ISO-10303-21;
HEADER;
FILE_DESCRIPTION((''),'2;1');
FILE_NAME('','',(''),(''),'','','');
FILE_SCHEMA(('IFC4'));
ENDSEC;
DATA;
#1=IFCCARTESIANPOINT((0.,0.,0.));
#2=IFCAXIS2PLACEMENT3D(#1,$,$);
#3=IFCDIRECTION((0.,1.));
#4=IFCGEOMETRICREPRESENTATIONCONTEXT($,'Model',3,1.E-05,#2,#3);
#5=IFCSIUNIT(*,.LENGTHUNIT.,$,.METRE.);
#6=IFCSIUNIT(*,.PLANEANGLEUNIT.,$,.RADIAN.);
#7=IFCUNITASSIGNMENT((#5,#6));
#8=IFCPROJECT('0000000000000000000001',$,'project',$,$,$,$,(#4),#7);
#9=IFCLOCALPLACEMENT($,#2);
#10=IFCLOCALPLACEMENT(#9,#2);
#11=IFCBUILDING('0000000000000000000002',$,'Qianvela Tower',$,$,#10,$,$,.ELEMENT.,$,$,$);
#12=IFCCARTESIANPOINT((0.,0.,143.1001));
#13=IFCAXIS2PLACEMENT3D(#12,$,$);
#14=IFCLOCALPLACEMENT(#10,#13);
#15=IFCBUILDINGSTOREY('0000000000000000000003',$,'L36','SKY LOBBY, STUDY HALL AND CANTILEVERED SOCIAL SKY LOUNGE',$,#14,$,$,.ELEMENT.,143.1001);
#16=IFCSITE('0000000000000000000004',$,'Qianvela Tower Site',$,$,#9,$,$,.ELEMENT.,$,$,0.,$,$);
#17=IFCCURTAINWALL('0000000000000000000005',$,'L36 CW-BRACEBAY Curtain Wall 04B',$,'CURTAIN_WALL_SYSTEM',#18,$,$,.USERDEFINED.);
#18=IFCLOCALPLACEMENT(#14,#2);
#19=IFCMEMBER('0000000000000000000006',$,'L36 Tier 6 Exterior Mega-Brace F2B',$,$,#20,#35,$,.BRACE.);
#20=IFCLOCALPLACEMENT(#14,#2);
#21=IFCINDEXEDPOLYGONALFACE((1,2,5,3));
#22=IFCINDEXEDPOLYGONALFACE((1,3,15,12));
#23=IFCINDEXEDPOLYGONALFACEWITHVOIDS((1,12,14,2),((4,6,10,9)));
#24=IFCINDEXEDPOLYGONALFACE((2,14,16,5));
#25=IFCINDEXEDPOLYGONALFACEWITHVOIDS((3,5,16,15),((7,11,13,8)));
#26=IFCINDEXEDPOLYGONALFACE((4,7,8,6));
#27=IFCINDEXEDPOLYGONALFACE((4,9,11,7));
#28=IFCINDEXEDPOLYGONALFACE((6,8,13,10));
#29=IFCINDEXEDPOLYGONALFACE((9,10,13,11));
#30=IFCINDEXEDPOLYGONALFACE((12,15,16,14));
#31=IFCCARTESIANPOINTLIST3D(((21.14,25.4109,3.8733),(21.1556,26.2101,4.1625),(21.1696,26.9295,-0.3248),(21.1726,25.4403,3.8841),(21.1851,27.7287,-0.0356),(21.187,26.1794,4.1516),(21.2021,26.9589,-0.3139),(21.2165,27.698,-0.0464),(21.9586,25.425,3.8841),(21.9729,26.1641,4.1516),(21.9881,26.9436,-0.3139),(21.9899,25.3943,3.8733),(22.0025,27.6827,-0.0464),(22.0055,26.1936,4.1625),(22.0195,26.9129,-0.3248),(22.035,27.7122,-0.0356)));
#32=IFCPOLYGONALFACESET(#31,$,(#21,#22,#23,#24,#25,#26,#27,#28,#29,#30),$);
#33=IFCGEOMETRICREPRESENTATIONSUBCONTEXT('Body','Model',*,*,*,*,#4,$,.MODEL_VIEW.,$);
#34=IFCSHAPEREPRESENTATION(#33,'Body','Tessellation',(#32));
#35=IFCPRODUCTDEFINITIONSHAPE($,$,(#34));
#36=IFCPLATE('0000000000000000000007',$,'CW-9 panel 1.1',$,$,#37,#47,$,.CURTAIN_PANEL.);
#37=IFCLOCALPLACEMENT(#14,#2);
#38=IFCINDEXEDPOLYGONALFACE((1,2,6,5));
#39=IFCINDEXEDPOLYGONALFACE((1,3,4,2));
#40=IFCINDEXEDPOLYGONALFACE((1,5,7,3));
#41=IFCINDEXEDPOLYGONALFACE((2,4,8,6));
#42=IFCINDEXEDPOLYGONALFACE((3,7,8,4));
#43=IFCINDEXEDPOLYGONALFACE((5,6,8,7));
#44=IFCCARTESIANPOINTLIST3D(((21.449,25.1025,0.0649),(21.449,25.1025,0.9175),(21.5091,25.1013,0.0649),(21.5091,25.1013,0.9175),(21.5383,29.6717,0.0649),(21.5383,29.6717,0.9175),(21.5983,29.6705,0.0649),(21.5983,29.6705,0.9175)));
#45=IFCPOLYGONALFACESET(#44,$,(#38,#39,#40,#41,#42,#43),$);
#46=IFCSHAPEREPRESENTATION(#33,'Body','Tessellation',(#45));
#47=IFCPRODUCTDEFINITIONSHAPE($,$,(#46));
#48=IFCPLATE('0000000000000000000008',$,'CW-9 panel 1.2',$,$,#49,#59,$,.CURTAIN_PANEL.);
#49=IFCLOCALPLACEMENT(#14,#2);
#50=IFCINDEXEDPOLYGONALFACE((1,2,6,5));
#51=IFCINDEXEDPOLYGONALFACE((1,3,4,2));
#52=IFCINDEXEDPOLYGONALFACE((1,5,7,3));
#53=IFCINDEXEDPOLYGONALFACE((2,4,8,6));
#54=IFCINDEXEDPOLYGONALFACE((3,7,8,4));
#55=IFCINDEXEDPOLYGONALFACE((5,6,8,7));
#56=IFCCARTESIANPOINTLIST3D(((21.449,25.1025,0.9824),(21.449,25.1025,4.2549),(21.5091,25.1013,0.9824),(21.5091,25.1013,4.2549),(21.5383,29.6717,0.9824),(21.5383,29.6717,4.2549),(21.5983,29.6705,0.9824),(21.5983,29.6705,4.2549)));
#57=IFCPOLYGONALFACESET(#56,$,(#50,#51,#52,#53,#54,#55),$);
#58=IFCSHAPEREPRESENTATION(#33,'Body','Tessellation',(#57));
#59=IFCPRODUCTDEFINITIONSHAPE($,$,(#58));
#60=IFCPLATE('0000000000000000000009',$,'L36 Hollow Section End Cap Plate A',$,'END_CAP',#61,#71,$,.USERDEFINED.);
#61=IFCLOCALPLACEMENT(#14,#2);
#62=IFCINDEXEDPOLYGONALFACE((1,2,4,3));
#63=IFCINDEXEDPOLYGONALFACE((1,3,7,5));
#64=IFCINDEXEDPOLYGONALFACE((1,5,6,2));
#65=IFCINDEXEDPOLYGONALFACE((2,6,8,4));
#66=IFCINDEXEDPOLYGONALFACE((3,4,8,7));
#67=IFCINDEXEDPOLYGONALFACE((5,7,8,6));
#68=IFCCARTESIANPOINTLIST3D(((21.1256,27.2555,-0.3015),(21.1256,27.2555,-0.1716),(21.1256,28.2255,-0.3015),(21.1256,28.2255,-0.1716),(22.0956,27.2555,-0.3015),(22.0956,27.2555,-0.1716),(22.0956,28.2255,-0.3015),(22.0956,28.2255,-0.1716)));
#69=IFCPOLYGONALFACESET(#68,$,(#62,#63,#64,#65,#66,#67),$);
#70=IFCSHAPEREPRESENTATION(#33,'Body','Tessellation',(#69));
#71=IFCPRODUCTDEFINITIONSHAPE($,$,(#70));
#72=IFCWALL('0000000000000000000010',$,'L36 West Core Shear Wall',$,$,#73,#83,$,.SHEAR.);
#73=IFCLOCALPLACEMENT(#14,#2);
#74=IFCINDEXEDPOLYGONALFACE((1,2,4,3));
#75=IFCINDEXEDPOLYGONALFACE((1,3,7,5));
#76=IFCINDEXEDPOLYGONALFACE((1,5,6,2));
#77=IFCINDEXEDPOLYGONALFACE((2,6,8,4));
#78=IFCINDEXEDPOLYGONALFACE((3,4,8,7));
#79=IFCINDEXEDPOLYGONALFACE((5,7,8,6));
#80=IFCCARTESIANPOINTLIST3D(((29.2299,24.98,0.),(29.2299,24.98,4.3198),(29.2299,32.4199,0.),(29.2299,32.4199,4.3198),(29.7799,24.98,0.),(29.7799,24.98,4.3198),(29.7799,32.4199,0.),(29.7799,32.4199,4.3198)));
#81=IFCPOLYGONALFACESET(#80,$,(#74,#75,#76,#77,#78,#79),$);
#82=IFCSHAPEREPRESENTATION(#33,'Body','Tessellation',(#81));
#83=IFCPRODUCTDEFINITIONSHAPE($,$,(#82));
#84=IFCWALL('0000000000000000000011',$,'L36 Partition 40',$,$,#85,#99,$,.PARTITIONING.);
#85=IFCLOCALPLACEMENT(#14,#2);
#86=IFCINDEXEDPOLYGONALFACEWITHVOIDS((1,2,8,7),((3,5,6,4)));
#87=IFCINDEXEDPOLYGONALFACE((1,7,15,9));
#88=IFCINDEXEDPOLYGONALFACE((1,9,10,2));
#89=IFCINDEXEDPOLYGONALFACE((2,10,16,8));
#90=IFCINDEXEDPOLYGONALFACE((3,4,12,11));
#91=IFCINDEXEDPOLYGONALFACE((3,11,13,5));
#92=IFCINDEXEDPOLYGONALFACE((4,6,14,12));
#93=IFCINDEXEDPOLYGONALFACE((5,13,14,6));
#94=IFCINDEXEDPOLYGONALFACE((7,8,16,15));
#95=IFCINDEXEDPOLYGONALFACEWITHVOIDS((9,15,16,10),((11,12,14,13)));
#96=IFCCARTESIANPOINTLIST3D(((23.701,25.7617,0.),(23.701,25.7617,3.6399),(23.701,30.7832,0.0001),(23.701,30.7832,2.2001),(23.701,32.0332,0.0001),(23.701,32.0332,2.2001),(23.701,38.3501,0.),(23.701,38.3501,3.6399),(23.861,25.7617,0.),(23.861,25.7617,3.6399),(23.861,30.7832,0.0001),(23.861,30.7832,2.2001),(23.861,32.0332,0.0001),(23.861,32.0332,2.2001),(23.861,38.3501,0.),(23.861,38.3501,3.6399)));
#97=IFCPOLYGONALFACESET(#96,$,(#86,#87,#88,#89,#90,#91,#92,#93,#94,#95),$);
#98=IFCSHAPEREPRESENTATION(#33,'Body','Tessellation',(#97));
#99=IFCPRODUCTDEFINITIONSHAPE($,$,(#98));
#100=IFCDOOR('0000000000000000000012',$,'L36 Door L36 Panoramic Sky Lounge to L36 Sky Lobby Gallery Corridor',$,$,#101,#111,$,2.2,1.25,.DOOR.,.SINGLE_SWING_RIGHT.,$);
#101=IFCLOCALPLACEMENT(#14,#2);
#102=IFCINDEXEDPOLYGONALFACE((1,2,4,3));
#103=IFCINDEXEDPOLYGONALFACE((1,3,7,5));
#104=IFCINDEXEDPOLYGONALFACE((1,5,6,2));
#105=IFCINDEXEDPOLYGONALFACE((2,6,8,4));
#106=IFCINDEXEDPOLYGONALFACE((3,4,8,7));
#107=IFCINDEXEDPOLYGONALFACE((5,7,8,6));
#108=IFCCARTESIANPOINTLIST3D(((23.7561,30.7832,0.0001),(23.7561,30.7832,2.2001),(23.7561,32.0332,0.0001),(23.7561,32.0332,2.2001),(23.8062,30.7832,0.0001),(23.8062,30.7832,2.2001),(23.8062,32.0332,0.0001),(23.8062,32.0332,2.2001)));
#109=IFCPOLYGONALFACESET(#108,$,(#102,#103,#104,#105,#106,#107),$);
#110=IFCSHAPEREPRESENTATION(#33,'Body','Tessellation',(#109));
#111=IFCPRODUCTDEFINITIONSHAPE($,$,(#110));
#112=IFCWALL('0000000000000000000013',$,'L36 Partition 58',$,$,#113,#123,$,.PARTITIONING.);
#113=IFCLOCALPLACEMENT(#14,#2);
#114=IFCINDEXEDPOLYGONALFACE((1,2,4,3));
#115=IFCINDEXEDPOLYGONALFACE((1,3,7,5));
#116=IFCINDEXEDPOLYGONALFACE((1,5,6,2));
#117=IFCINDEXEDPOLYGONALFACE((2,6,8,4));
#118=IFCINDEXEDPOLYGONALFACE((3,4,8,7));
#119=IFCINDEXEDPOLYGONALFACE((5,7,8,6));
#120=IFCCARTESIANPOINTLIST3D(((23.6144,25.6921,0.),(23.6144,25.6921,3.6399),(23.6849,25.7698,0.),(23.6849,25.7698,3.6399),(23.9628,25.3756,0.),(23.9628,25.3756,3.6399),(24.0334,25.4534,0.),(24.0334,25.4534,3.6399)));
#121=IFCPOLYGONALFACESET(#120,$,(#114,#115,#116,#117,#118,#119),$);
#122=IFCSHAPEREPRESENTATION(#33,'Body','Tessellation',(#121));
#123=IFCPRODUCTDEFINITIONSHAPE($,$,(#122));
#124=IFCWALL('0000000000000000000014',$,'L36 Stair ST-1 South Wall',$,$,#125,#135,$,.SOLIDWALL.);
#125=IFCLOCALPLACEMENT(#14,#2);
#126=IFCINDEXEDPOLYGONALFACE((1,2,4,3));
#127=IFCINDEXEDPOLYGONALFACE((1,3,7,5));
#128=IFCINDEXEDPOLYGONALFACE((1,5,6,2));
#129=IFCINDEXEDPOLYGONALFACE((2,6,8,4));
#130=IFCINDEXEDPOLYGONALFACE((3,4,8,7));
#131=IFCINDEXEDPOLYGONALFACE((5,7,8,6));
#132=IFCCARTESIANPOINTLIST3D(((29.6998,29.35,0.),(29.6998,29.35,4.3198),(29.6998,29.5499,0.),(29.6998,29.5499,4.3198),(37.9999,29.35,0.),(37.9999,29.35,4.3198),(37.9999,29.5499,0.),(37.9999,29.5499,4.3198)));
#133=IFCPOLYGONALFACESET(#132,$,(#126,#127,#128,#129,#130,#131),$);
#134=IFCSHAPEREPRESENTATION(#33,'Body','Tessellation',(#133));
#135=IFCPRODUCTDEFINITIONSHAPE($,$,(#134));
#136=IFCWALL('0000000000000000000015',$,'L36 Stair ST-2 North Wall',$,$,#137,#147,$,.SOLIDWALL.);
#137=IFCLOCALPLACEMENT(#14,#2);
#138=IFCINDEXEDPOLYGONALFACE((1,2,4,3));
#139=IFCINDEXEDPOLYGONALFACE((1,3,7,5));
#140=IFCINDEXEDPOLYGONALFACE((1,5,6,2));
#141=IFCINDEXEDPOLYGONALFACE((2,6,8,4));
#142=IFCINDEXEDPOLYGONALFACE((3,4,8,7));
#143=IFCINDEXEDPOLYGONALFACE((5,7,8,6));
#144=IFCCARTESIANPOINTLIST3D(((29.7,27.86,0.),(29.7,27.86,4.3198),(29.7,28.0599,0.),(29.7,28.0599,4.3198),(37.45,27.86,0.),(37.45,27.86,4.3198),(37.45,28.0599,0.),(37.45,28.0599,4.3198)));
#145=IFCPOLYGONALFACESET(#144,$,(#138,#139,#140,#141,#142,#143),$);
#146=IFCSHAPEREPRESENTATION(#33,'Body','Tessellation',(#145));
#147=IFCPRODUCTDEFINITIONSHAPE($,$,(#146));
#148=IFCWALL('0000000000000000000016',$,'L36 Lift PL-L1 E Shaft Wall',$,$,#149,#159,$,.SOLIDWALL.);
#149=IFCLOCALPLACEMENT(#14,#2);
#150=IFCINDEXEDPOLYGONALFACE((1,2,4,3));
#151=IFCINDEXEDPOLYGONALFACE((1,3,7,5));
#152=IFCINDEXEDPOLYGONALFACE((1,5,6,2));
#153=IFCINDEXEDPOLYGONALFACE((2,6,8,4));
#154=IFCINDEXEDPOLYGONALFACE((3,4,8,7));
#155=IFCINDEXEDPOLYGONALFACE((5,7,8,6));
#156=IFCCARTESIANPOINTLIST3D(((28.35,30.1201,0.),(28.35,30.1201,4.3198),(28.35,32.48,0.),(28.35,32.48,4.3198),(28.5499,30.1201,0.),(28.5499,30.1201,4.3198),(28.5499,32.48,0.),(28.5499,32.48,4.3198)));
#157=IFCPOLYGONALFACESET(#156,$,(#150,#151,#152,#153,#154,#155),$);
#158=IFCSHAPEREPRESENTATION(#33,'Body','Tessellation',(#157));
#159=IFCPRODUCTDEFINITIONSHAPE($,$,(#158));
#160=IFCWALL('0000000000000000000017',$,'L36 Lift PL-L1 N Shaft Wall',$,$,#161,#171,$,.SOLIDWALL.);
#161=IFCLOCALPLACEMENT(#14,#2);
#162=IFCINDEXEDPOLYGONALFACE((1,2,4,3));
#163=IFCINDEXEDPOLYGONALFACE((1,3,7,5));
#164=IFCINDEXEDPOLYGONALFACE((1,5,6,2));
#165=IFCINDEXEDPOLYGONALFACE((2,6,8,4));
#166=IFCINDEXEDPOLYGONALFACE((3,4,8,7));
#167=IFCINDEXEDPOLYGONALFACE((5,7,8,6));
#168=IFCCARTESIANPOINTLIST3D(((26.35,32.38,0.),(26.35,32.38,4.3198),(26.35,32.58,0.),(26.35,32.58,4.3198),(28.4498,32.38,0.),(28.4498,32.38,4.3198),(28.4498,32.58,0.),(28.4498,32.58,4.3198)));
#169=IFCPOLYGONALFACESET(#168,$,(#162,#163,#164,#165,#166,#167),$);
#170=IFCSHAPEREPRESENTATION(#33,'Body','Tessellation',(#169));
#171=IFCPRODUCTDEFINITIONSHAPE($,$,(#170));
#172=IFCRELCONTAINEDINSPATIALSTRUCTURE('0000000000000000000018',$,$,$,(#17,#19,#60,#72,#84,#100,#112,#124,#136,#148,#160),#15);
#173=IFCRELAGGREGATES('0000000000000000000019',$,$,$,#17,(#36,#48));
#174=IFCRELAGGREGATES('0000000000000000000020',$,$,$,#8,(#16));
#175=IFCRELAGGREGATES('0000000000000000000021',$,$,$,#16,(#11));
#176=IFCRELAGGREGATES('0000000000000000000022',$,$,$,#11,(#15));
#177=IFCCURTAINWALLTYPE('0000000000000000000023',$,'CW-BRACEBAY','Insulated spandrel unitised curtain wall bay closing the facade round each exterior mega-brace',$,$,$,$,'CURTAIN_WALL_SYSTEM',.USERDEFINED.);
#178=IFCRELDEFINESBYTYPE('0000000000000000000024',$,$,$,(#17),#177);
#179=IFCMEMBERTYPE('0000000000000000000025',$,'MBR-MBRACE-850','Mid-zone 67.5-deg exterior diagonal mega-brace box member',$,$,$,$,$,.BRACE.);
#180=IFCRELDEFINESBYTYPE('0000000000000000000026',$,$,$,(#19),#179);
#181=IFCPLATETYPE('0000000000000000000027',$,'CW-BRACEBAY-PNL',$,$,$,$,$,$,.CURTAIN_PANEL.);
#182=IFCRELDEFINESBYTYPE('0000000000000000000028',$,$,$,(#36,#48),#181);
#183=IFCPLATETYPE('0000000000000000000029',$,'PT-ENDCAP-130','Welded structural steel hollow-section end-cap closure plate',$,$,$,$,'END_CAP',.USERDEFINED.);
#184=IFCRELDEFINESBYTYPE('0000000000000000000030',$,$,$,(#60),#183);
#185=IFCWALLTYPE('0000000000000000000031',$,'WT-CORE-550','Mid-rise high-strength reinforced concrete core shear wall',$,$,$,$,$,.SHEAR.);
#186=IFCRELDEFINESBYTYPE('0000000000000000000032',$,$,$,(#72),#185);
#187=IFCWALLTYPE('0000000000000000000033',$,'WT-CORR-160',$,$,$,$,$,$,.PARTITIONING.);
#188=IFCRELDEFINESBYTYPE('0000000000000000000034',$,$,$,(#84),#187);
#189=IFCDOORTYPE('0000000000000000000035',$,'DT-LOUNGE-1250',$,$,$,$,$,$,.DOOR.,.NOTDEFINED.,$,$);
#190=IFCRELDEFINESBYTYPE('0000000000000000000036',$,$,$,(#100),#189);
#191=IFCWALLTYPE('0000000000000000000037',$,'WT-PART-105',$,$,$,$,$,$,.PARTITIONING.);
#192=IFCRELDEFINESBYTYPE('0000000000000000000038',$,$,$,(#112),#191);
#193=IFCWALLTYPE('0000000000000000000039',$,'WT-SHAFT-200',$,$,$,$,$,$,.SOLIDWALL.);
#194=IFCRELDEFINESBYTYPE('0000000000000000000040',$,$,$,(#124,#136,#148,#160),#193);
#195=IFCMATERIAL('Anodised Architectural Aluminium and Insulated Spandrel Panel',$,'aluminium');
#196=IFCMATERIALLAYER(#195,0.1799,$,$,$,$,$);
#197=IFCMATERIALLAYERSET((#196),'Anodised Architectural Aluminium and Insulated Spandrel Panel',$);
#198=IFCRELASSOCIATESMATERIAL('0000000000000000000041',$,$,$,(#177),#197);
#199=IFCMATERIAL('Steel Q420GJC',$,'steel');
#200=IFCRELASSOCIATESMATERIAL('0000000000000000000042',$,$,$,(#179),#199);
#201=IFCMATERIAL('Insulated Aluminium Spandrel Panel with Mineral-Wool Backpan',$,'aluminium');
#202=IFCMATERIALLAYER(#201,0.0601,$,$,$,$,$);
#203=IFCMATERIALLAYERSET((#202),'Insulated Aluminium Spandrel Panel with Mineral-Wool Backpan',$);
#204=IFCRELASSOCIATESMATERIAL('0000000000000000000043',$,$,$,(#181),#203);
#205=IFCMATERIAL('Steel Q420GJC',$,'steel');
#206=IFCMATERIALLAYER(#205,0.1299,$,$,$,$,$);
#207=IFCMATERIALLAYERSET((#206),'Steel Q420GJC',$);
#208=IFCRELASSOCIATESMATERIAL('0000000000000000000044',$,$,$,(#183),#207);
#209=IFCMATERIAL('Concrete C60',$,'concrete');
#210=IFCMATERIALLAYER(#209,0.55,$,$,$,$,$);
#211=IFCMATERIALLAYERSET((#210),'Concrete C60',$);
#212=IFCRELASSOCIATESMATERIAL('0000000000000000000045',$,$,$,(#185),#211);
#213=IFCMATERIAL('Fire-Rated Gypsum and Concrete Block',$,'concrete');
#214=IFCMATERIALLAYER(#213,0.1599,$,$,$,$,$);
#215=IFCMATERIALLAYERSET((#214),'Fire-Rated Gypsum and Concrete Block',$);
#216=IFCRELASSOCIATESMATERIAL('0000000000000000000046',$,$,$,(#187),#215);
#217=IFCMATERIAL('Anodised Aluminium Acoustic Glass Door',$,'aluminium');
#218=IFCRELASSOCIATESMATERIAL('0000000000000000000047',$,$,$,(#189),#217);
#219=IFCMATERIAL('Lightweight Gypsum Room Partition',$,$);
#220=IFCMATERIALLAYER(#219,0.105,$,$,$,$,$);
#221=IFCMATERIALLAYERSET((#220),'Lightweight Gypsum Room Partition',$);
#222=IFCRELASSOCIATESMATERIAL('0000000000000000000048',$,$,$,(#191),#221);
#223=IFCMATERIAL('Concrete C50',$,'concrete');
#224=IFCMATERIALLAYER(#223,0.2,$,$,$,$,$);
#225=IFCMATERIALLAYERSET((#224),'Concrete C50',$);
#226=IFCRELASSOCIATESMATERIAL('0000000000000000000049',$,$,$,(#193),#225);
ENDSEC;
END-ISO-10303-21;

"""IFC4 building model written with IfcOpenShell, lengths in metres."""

from ifc_helpers import new_model, si_unit, direction, frame, frame_2d, origin, origin_2d, place, context, subcontext, project, spatial, rectangle, hollow_rectangle, extrude, material, layer, layer_set, material_profile, profile_set, type_object, element, fill, aggregate, save


model = new_model("IFC4")

# Units and contexts
model_context = context("Model", 3, precision=1e-05, world=origin(), true_north=direction((0.0, 1.0)))
body_context = subcontext(model_context, "Body", "Model", "MODEL_VIEW")
ifc_project = project(units=[si_unit("LENGTHUNIT", "METRE"), si_unit("PLANEANGLEUNIT", "RADIAN")], contexts=[model_context])

# Site, building, storey
site_placement = place(None, origin())
site = spatial("IfcSite", under=ifc_project, at=site_placement, Name="Qianvela Tower Site", CompositionType="ELEMENT", RefElevation=0.0)
building_placement = place(site_placement, origin())
building = spatial("IfcBuilding", under=site, at=building_placement, Name="Qianvela Tower", CompositionType="ELEMENT")
storey_placement = place(building_placement, frame((0.0, 0.0, 143.1001)))
storey = spatial("IfcBuildingStorey", under=building, at=storey_placement, Name="L36", Description="SKY LOBBY, STUDY HALL AND CANTILEVERED SOCIAL SKY LOUNGE", CompositionType="ELEMENT", Elevation=143.1001)

# Curtain wall
ifc_material_1 = material(Name="Anodised Architectural Aluminium and Insulated Spandrel Panel", Category="aluminium")
ifc_layer_1 = layer(ifc_material_1, 0.1799)
ifc_layer_set_1 = layer_set([ifc_layer_1], Name="Anodised Architectural Aluminium and Insulated Spandrel Panel")
curtain_wall_type_1 = type_object("IfcCurtainWallType", Name="CW-BRACEBAY", Description="Insulated spandrel unitised curtain wall bay closing the facade round each exterior mega-brace", ElementType="CURTAIN_WALL_SYSTEM", PredefinedType="USERDEFINED", material=ifc_layer_set_1)
curtain_wall_1_placement = place(storey_placement, origin())
curtain_wall_1 = element("IfcCurtainWall", 1, at=curtain_wall_1_placement, inside=storey, type_object=curtain_wall_type_1, Name="L36 CW-BRACEBAY Curtain Wall 04B", ObjectType="CURTAIN_WALL_SYSTEM", PredefinedType="USERDEFINED")

# Member
ifc_material_2 = material(Name="Steel Q420GJC", Category="steel")
ifc_material_profile_1 = material_profile(ifc_material_2, hollow_rectangle(XDim=0.8501, YDim=0.8501, WallThickness=0.032, at=origin_2d()), Name="MBOX-850x850x32")
ifc_profile_set_1 = profile_set([ifc_material_profile_1], Name="Steel Q420GJC")
member_type_1 = type_object("IfcMemberType", Name="MBR-MBRACE-850", Description="Mid-zone 67.5-deg exterior diagonal mega-brace box member", PredefinedType="BRACE", material=ifc_profile_set_1)
for number, where, z_axis, x_axis, name in (
    (2, (21.6023, 27.3208, -0.1802), (-0.006617, -0.340154, 0.940346), (0.999811, -0.01945, 0.0), "L36 Tier 6 Exterior Mega-Brace F2B"),
):
    element("IfcMember", number, at=place(storey_placement, frame(where, z_axis=z_axis, x_axis=x_axis)), inside=storey, type_object=member_type_1, Name=name, PredefinedType="BRACE", context=body_context, shape_type="SweptSolid", body=[
        extrude(hollow_rectangle(XDim=0.8501, YDim=0.8501, WallThickness=0.032, at=origin_2d()), origin(), (0.0, 0.0, 1.0), 4.4644),
    ])

# Plates
ifc_material_3 = material(Name="Insulated Aluminium Spandrel Panel with Mineral-Wool Backpan", Category="aluminium")
ifc_layer_2 = layer(ifc_material_3, 0.0601)
ifc_layer_set_2 = layer_set([ifc_layer_2], Name="Insulated Aluminium Spandrel Panel with Mineral-Wool Backpan")
plate_type_1 = type_object("IfcPlateType", Name="CW-BRACEBAY-PNL", PredefinedType="CURTAIN_PANEL", material=ifc_layer_set_2)
plate_1_placement = place(storey_placement, frame((21.5237, 27.3865, 0.0649), z_axis=(0.0, 0.0, 1.0), x_axis=(-0.019532, -0.999809, 0.0)))
plate_1 = element("IfcPlate", 3, at=plate_1_placement, type_object=plate_type_1, Name="CW-9 panel 1.1", PredefinedType="CURTAIN_PANEL", context=body_context, shape_type="SweptSolid", body=[
    extrude(rectangle(XDim=4.5701, YDim=0.0601, at=origin_2d()), origin(), (0.0, 0.0, 1.0), 0.8525),
])
plate_2_placement = place(storey_placement, frame((21.5237, 27.3865, 0.9824), z_axis=(0.0, 0.0, 1.0), x_axis=(-0.019532, -0.999809, 0.0)))
plate_2 = element("IfcPlate", 4, at=plate_2_placement, type_object=plate_type_1, Name="CW-9 panel 1.2", PredefinedType="CURTAIN_PANEL", context=body_context, shape_type="SweptSolid", body=[
    extrude(rectangle(XDim=4.5701, YDim=0.0601, at=origin_2d()), origin(), (0.0, 0.0, 1.0), 3.2725),
])
aggregate(curtain_wall_1, [plate_1, plate_2])
ifc_material_4 = material(Name="Steel Q420GJC", Category="steel")
ifc_layer_3 = layer(ifc_material_4, 0.1299)
ifc_layer_set_3 = layer_set([ifc_layer_3], Name="Steel Q420GJC")
plate_type_2 = type_object("IfcPlateType", Name="PT-ENDCAP-130", Description="Welded structural steel hollow-section end-cap closure plate", ElementType="END_CAP", PredefinedType="USERDEFINED", material=ifc_layer_set_3)
plate_3_placement = place(storey_placement, frame((21.6106, 27.7405, -0.3015), z_axis=(0.0, 0.0, 1.0), x_axis=(1.0, 0.0, 0.0)))
element("IfcPlate", 5, at=plate_3_placement, inside=storey, type_object=plate_type_2, Name="L36 Hollow Section End Cap Plate A", ObjectType="END_CAP", PredefinedType="USERDEFINED", context=body_context, shape_type="SweptSolid", body=[
    extrude(rectangle(XDim=0.97, YDim=0.97, at=origin_2d()), origin(), (0.0, 0.0, 1.0), 0.1299),
])

# Wall
ifc_material_5 = material(Name="Concrete C60", Category="concrete")
ifc_layer_4 = layer(ifc_material_5, 0.55)
ifc_layer_set_4 = layer_set([ifc_layer_4], Name="Concrete C60")
wall_type_1 = type_object("IfcWallType", Name="WT-CORE-550", Description="Mid-rise high-strength reinforced concrete core shear wall", PredefinedType="SHEAR", material=ifc_layer_set_4)
wall_1_placement = place(storey_placement, frame((29.5049, 24.98, 0.0), z_axis=(0.0, 0.0, 1.0), x_axis=(0.0, 1.0, 0.0)))
element("IfcWall", 6, at=wall_1_placement, inside=storey, type_object=wall_type_1, Name="L36 West Core Shear Wall", PredefinedType="SHEAR", context=body_context, shape_type="SweptSolid", body=[
    extrude(rectangle(XDim=7.4399, YDim=0.55, at=frame_2d((3.72, 0.0))), origin(), (0.0, 0.0, 1.0), 4.3198),
])

# Wall, opening, door
ifc_material_6 = material(Name="Fire-Rated Gypsum and Concrete Block", Category="concrete")
ifc_layer_5 = layer(ifc_material_6, 0.1599)
ifc_layer_set_5 = layer_set([ifc_layer_5], Name="Fire-Rated Gypsum and Concrete Block")
wall_type_2 = type_object("IfcWallType", Name="WT-CORR-160", PredefinedType="PARTITIONING", material=ifc_layer_set_5)
wall_2_placement = place(storey_placement, frame((23.781, 25.7617, 0.0), z_axis=(0.0, 0.0, 1.0), x_axis=(0.0, 1.0, 0.0)))
wall_2 = element("IfcWall", 7, at=wall_2_placement, inside=storey, type_object=wall_type_2, Name="L36 Partition 40", PredefinedType="PARTITIONING", context=body_context, shape_type="SweptSolid", body=[
    extrude(rectangle(XDim=12.5884, YDim=0.1599, at=frame_2d((6.2942, 0.0))), origin(), (0.0, 0.0, 1.0), 3.6399),
])
opening_1_placement = place(wall_2_placement, frame((5.0215, 0.0, 0.0)))
opening_1 = element("IfcOpeningElement", 8, at=opening_1_placement, cuts=wall_2, PredefinedType="OPENING", context=body_context, shape_type="SweptSolid", body=[
    extrude(rectangle(XDim=1.25, YDim=2.2, at=frame_2d((0.625, 1.1001))), frame((0.0, 0.0898, 0.0), z_axis=(0.0, -1.0, 0.0), x_axis=(1.0, 0.0, 0.0)), (0.0, 0.0, 1.0), 0.1799),
])
ifc_material_7 = material(Name="Anodised Aluminium Acoustic Glass Door", Category="aluminium")
door_type_1 = type_object("IfcDoorType", Name="DT-LOUNGE-1250", OperationType="NOTDEFINED", PredefinedType="DOOR", material=ifc_material_7)
door_1_placement = place(opening_1_placement, origin())
door_1 = element("IfcDoor", 9, at=door_1_placement, inside=storey, type_object=door_type_1, Name="L36 Door L36 Panoramic Sky Lounge to L36 Sky Lobby Gallery Corridor", OperationType="SINGLE_SWING_RIGHT", OverallHeight=2.2, OverallWidth=1.25, PredefinedType="DOOR", context=body_context, shape_type="SweptSolid", body=[
    extrude(rectangle(XDim=1.25, YDim=2.2, at=frame_2d((0.625, 1.1001))), frame((0.0, 0.0249, 0.0), z_axis=(0.0, -1.0, 0.0), x_axis=(1.0, 0.0, 0.0)), (0.0, 0.0, 1.0), 0.05),
])
fill(opening_1, door_1)

# Walls
ifc_material_8 = material(Name="Lightweight Gypsum Room Partition")
ifc_layer_6 = layer(ifc_material_8, 0.105)
ifc_layer_set_6 = layer_set([ifc_layer_6], Name="Lightweight Gypsum Room Partition")
wall_type_3 = type_object("IfcWallType", Name="WT-PART-105", PredefinedType="PARTITIONING", material=ifc_layer_set_6)
wall_3_placement = place(storey_placement, frame((23.6497, 25.731, 0.0), z_axis=(0.0, 0.0, 1.0), x_axis=(0.740269, -0.672311, 0.0)))
element("IfcWall", 10, at=wall_3_placement, inside=storey, type_object=wall_type_3, Name="L36 Partition 58", PredefinedType="PARTITIONING", context=body_context, shape_type="SweptSolid", body=[
    extrude(rectangle(XDim=0.4707, YDim=0.105, at=frame_2d((0.2354, 0.0))), origin(), (0.0, 0.0, 1.0), 3.6399),
])
ifc_material_9 = material(Name="Concrete C50", Category="concrete")
ifc_layer_7 = layer(ifc_material_9, 0.2)
ifc_layer_set_7 = layer_set([ifc_layer_7], Name="Concrete C50")
wall_type_4 = type_object("IfcWallType", Name="WT-SHAFT-200", PredefinedType="SOLIDWALL", material=ifc_layer_set_7)
wall_4_placement = place(storey_placement, frame((29.7, 29.45, 0.0), z_axis=(0.0, 0.0, 1.0), x_axis=(1.0, 0.0, 0.0)))
element("IfcWall", 11, at=wall_4_placement, inside=storey, type_object=wall_type_4, Name="L36 Stair ST-1 South Wall", PredefinedType="SOLIDWALL", context=body_context, shape_type="SweptSolid", body=[
    extrude(rectangle(XDim=8.3, YDim=0.2, at=frame_2d((4.1499, 0.0))), origin(), (0.0, 0.0, 1.0), 4.3198),
])
wall_5_placement = place(storey_placement, frame((29.7, 27.96, 0.0), z_axis=(0.0, 0.0, 1.0), x_axis=(1.0, 0.0, 0.0)))
element("IfcWall", 12, at=wall_5_placement, inside=storey, type_object=wall_type_4, Name="L36 Stair ST-2 North Wall", PredefinedType="SOLIDWALL", context=body_context, shape_type="SweptSolid", body=[
    extrude(rectangle(XDim=7.75, YDim=0.2, at=frame_2d((3.875, 0.0))), origin(), (0.0, 0.0, 1.0), 4.3198),
])
wall_6_placement = place(storey_placement, frame((28.45, 30.1201, 0.0), z_axis=(0.0, 0.0, 1.0), x_axis=(0.0, 1.0, 0.0)))
element("IfcWall", 13, at=wall_6_placement, inside=storey, type_object=wall_type_4, Name="L36 Lift PL-L1 E Shaft Wall", PredefinedType="SOLIDWALL", context=body_context, shape_type="SweptSolid", body=[
    extrude(rectangle(XDim=2.3599, YDim=0.2, at=frame_2d((1.1799, 0.0))), origin(), (0.0, 0.0, 1.0), 4.3198),
])

# Wall
for number, where, z_axis, x_axis, name in (
    (14, (26.3501, 32.48, 0.0), (0.0, 0.0, 1.0), (1.0, 0.0, 0.0), "L36 Lift PL-L1 N Shaft Wall"),
):
    element("IfcWall", number, at=place(storey_placement, frame(where, z_axis=z_axis, x_axis=x_axis)), inside=storey, type_object=wall_type_4, Name=name, PredefinedType="SOLIDWALL", context=body_context, shape_type="SweptSolid", body=[
        extrude(rectangle(XDim=2.0999, YDim=0.2, at=frame_2d((1.0498, 0.0))), origin(), (0.0, 0.0, 1.0), 4.3198),
    ])

save(model, "model.ifc")
